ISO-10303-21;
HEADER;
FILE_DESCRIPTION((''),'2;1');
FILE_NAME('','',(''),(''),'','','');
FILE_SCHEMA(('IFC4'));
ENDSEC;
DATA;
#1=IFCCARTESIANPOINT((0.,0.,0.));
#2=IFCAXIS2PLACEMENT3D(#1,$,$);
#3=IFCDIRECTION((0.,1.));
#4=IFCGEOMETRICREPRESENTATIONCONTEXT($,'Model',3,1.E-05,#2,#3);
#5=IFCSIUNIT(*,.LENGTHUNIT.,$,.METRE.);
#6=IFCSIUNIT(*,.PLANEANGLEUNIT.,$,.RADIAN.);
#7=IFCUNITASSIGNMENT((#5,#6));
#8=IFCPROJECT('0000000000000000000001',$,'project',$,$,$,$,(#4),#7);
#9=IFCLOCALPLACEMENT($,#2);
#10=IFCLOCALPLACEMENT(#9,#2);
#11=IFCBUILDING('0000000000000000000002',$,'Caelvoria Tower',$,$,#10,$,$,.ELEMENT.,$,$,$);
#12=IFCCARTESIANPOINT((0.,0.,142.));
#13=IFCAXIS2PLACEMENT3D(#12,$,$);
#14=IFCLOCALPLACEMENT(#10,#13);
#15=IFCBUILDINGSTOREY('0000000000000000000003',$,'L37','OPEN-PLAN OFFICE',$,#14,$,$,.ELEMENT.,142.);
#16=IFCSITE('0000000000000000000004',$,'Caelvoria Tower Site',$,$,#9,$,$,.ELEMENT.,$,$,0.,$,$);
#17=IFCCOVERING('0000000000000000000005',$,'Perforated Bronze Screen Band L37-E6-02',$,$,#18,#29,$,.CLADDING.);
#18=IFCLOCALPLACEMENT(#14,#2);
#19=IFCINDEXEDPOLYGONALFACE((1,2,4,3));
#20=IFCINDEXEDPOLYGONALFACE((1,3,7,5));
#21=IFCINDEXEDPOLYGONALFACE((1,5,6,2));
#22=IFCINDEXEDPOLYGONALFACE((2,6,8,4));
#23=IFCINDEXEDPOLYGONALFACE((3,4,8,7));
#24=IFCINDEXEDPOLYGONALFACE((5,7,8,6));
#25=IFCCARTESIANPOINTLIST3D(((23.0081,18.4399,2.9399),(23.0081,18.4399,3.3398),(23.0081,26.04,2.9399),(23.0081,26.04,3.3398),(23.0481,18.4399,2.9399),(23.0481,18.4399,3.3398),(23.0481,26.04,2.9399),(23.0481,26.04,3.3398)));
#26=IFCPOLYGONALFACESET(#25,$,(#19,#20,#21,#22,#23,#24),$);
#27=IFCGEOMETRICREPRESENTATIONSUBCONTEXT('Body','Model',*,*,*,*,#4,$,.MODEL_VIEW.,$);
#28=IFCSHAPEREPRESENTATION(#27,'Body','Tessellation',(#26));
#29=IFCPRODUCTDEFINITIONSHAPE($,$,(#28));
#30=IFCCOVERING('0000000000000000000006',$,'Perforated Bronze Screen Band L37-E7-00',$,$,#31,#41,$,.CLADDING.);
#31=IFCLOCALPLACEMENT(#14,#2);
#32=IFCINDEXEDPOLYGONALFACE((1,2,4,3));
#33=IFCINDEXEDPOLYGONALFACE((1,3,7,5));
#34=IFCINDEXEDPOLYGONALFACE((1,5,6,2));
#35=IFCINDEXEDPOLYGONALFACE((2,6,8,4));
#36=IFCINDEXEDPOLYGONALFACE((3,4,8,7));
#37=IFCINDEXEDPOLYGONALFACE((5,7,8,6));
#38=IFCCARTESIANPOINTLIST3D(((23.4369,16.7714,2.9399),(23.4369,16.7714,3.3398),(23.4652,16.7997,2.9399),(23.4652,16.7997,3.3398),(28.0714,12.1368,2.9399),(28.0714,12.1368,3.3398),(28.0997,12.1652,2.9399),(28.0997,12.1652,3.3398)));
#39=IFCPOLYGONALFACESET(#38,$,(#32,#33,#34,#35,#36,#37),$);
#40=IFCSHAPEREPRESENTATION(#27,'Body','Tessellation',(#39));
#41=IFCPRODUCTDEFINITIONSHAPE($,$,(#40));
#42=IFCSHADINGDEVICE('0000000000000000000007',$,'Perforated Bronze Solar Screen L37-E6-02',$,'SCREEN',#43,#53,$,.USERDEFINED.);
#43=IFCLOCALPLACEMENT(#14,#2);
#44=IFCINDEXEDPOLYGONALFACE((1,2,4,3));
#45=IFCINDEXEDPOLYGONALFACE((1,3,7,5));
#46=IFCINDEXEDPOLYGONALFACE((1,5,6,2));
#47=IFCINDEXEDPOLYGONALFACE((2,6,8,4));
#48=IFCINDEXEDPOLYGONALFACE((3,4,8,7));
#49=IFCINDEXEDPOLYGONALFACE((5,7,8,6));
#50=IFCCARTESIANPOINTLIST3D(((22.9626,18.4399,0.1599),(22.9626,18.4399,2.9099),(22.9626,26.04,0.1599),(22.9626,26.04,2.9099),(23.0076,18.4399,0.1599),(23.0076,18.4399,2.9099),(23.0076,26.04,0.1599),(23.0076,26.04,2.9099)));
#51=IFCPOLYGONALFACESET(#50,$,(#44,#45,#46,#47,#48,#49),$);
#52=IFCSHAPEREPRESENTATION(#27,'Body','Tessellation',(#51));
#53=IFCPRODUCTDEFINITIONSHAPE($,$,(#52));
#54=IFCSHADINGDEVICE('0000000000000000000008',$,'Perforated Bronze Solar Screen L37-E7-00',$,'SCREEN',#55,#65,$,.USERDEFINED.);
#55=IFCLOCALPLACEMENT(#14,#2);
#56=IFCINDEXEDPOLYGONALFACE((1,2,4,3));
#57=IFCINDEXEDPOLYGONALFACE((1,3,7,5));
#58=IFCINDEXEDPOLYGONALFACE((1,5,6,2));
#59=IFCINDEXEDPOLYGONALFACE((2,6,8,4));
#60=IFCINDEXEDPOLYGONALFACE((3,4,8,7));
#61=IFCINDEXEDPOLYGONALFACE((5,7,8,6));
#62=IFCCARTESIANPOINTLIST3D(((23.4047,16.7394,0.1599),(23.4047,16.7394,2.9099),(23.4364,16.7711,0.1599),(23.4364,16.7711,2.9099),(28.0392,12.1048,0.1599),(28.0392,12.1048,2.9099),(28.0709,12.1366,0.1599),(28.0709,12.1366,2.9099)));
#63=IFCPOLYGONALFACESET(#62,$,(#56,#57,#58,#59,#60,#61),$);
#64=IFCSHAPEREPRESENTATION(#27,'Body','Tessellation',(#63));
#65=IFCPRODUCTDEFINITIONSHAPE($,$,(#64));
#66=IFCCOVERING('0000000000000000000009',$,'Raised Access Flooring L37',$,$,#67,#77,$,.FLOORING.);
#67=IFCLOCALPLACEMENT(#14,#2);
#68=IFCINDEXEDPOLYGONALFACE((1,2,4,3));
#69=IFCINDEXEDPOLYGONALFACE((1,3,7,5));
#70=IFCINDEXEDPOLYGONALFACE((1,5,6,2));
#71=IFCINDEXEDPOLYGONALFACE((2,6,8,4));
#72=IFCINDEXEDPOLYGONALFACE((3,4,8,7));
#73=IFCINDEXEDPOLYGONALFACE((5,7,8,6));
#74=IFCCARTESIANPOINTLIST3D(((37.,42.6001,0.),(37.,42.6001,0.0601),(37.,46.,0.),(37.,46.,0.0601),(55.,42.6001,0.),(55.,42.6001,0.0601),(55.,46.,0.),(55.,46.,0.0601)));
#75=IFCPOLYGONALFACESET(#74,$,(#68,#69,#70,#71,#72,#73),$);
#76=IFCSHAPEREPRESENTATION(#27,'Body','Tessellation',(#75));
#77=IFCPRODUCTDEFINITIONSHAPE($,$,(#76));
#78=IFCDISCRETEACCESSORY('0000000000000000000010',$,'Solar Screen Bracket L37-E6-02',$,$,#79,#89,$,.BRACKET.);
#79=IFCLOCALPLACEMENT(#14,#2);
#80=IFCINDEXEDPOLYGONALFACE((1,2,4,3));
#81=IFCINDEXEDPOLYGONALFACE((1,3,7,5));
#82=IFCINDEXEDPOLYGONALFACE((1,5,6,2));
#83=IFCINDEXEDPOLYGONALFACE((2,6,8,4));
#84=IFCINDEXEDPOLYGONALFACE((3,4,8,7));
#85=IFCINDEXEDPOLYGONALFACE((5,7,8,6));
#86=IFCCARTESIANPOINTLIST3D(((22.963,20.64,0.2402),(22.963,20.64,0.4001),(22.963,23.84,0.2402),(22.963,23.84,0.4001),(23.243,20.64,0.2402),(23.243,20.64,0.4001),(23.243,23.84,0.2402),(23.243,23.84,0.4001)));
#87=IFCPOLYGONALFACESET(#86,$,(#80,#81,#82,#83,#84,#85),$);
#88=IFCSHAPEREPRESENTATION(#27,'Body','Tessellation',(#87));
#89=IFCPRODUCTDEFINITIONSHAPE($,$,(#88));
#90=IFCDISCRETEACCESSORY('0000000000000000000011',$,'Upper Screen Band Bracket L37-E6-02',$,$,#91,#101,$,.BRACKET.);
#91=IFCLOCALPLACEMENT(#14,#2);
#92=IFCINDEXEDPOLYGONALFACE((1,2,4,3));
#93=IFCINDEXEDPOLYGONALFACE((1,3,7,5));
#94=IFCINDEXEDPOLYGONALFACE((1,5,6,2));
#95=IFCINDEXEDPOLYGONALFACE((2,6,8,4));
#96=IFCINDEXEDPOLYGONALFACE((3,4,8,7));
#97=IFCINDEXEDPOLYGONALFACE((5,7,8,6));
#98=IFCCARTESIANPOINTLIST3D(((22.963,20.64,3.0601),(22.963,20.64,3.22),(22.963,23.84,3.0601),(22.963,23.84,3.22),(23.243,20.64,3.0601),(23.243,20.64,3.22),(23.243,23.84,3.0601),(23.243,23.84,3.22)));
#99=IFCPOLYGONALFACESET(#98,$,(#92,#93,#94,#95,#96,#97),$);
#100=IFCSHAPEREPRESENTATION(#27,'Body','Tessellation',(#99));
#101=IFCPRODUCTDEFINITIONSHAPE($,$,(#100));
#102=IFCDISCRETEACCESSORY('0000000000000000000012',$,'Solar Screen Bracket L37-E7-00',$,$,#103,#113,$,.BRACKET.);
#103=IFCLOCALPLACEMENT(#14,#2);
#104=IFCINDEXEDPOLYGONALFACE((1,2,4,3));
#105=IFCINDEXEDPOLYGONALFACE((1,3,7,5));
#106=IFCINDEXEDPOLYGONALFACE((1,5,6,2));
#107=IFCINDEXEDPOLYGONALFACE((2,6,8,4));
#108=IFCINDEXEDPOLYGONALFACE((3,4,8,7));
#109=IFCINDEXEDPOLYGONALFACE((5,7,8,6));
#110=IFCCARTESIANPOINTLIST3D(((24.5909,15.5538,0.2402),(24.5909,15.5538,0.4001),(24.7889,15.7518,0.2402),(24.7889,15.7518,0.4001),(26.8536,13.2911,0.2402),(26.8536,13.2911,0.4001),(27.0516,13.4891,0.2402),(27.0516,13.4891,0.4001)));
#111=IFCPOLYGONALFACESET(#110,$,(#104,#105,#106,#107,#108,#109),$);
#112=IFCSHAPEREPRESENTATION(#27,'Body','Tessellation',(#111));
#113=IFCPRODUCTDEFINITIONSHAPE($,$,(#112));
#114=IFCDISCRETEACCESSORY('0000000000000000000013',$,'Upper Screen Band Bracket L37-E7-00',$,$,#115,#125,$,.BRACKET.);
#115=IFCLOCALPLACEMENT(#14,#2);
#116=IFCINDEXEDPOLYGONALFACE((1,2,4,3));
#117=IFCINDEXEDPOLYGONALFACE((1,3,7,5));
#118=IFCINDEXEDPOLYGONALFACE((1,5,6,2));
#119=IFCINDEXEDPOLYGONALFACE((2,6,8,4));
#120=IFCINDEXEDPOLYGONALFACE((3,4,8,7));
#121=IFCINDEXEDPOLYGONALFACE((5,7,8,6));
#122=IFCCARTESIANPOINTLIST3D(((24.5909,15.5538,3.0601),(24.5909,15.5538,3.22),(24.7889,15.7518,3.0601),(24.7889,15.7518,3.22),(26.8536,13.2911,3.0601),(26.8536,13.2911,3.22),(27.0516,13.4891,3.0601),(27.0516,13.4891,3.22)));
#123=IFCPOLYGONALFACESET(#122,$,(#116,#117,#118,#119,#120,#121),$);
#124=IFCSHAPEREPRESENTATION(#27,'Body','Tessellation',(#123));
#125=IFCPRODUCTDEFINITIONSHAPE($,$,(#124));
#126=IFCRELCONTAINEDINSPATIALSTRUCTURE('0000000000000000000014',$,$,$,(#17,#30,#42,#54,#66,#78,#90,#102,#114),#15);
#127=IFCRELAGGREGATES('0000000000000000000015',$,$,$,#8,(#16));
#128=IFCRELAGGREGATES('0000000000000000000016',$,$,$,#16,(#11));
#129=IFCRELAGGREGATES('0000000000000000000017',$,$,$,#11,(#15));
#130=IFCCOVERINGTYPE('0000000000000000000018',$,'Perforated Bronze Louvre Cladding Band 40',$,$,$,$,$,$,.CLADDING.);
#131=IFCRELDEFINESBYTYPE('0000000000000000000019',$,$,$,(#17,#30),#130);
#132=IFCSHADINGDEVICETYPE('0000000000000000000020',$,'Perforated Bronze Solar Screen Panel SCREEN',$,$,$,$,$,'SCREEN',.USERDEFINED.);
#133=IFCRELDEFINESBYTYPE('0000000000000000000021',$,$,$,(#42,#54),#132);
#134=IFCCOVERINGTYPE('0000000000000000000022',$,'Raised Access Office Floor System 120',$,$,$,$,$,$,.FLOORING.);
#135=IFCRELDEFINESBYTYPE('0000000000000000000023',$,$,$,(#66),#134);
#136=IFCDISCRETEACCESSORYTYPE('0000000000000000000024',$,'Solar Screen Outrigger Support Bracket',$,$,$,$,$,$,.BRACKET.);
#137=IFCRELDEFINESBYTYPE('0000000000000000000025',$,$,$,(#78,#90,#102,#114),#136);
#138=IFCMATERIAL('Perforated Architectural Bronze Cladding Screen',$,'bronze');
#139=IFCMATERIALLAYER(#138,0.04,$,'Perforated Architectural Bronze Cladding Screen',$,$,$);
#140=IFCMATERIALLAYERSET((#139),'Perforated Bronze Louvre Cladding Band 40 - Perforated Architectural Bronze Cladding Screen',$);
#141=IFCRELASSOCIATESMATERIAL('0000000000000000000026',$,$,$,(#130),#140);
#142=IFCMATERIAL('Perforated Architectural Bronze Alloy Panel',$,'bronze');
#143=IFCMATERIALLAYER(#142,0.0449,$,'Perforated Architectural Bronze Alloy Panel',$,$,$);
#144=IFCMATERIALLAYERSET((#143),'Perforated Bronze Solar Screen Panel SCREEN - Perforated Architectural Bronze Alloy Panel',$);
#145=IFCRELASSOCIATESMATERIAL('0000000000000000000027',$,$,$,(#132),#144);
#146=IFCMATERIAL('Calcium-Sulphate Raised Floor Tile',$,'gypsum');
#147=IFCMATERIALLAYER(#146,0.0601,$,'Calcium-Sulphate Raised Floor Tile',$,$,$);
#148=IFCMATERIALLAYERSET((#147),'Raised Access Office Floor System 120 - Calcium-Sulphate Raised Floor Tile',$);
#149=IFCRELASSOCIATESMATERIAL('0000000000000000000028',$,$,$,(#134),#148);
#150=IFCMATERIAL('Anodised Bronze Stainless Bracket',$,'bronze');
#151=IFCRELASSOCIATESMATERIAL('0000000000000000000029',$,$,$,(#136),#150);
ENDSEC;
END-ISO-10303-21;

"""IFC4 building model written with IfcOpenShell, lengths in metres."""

from ifc_helpers import new_model, si_unit, direction, frame, origin, origin_2d, place, context, subcontext, project, spatial, polyline, rectangle, outline, extrude, material, layer, layer_set, type_object, element, save


model = new_model("IFC4")

# Units and contexts
model_context = context("Model", 3, precision=1e-05, world=origin(), true_north=direction((0.0, 1.0)))
body_context = subcontext(model_context, "Body", "Model", "MODEL_VIEW")
ifc_project = project(units=[si_unit("LENGTHUNIT", "METRE"), si_unit("PLANEANGLEUNIT", "RADIAN")], contexts=[model_context])

# Site, building, storey
site_placement = place(None, origin())
site = spatial("IfcSite", under=ifc_project, at=site_placement, Name="Caelvoria Tower Site", CompositionType="ELEMENT", RefElevation=0.0)
building_placement = place(site_placement, origin())
building = spatial("IfcBuilding", under=site, at=building_placement, Name="Caelvoria Tower", CompositionType="ELEMENT")
storey_placement = place(building_placement, frame((0.0, 0.0, 142.0)))
storey = spatial("IfcBuildingStorey", under=building, at=storey_placement, Name="L37", Description="OPEN-PLAN OFFICE", CompositionType="ELEMENT", Elevation=142.0)

# Coverings
ifc_material_1 = material(Name="Perforated Architectural Bronze Cladding Screen", Category="bronze")
ifc_layer_1 = layer(ifc_material_1, 0.04, Name="Perforated Architectural Bronze Cladding Screen")
ifc_layer_set_1 = layer_set([ifc_layer_1], Name="Perforated Bronze Louvre Cladding Band 40 - Perforated Architectural Bronze Cladding Screen")
covering_type_1 = type_object("IfcCoveringType", Name="Perforated Bronze Louvre Cladding Band 40", PredefinedType="CLADDING", material=ifc_layer_set_1)
covering_1_placement = place(storey_placement, frame((23.0281, 22.24, 2.9399), z_axis=(0.0, 0.0, 1.0), x_axis=(0.0, -1.0, 0.0)))
element("IfcCovering", 1, at=covering_1_placement, inside=storey, type_object=covering_type_1, Name="Perforated Bronze Screen Band L37-E6-02", PredefinedType="CLADDING", context=body_context, shape_type="SweptSolid", body=[
    extrude(rectangle(XDim=7.6001, YDim=0.04, at=origin_2d()), origin(), (0.0, 0.0, 1.0), 0.3999),
])
covering_2_placement = place(storey_placement, frame((25.7683, 14.4683, 2.9399), z_axis=(0.0, 0.0, 1.0), x_axis=(0.707107, -0.707107, 0.0)))
element("IfcCovering", 2, at=covering_2_placement, inside=storey, type_object=covering_type_1, Name="Perforated Bronze Screen Band L37-E7-00", PredefinedType="CLADDING", context=body_context, shape_type="SweptSolid", body=[
    extrude(rectangle(XDim=6.5542, YDim=0.04, at=origin_2d()), origin(), (0.0, 0.0, 1.0), 0.3999),
])

# Shading devices
ifc_material_2 = material(Name="Perforated Architectural Bronze Alloy Panel", Category="bronze")
ifc_layer_2 = layer(ifc_material_2, 0.0449, Name="Perforated Architectural Bronze Alloy Panel")
ifc_layer_set_2 = layer_set([ifc_layer_2], Name="Perforated Bronze Solar Screen Panel SCREEN - Perforated Architectural Bronze Alloy Panel")
shading_device_type = type_object("IfcShadingDeviceType", Name="Perforated Bronze Solar Screen Panel SCREEN", ElementType="SCREEN", PredefinedType="USERDEFINED", material=ifc_layer_set_2)
shading_device_1_placement = place(storey_placement, frame((22.9851, 22.24, 0.1599), z_axis=(0.0, 0.0, 1.0), x_axis=(0.0, -1.0, 0.0)))
element("IfcShadingDevice", 3, at=shading_device_1_placement, inside=storey, type_object=shading_device_type, Name="Perforated Bronze Solar Screen L37-E6-02", ObjectType="SCREEN", PredefinedType="USERDEFINED", context=body_context, shape_type="SweptSolid", body=[
    extrude(rectangle(XDim=7.6001, YDim=0.0449, at=origin_2d()), origin(), (0.0, 0.0, 1.0), 2.75),
])
shading_device_2_placement = place(storey_placement, frame((25.7378, 14.438, 0.1599), z_axis=(0.0, 0.0, 1.0), x_axis=(0.707107, -0.707107, 0.0)))
element("IfcShadingDevice", 4, at=shading_device_2_placement, inside=storey, type_object=shading_device_type, Name="Perforated Bronze Solar Screen L37-E7-00", ObjectType="SCREEN", PredefinedType="USERDEFINED", context=body_context, shape_type="SweptSolid", body=[
    extrude(rectangle(XDim=6.5542, YDim=0.0449, at=origin_2d()), origin(), (0.0, 0.0, 1.0), 2.75),
])

# Covering
ifc_material_3 = material(Name="Calcium-Sulphate Raised Floor Tile", Category="gypsum")
ifc_layer_3 = layer(ifc_material_3, 0.0601, Name="Calcium-Sulphate Raised Floor Tile")
ifc_layer_set_3 = layer_set([ifc_layer_3], Name="Raised Access Office Floor System 120 - Calcium-Sulphate Raised Floor Tile")
covering_type_2 = type_object("IfcCoveringType", Name="Raised Access Office Floor System 120", PredefinedType="FLOORING", material=ifc_layer_set_3)
covering_3_placement = place(storey_placement, origin())
element("IfcCovering", 5, at=covering_3_placement, inside=storey, type_object=covering_type_2, Name="Raised Access Flooring L37", PredefinedType="FLOORING", context=body_context, shape_type="SweptSolid", body=[
    extrude(outline(polyline([(37.0, 42.6001), (55.0, 42.6001), (55.0, 46.0), (37.0, 46.0), (37.0, 42.6001)])), origin(), (0.0, 0.0, 1.0), 0.0601),
])

# Discrete accessories
ifc_material_4 = material(Name="Anodised Bronze Stainless Bracket", Category="bronze")
discrete_accessory_type = type_object("IfcDiscreteAccessoryType", Name="Solar Screen Outrigger Support Bracket", PredefinedType="BRACKET", material=ifc_material_4)
for number, where, z_axis, x_axis, name in (
    (6, (23.103, 22.24, 0.2402), (0.0, 0.0, 1.0), (0.0, -1.0, 0.0), "Solar Screen Bracket L37-E6-02"),
    (7, (23.103, 22.24, 3.0601), (0.0, 0.0, 1.0), (0.0, -1.0, 0.0), "Upper Screen Band Bracket L37-E6-02"),
    (8, (25.8213, 14.5215, 0.2402), (0.0, 0.0, 1.0), (0.707107, -0.707107, 0.0), "Solar Screen Bracket L37-E7-00"),
    (9, (25.8213, 14.5215, 3.0601), (0.0, 0.0, 1.0), (0.707107, -0.707107, 0.0), "Upper Screen Band Bracket L37-E7-00"),
):
    element("IfcDiscreteAccessory", number, at=place(storey_placement, frame(where, z_axis=z_axis, x_axis=x_axis)), inside=storey, type_object=discrete_accessory_type, Name=name, PredefinedType="BRACKET", context=body_context, shape_type="SweptSolid", body=[
        extrude(rectangle(XDim=3.2, YDim=0.28, at=origin_2d()), origin(), (0.0, 0.0, 1.0), 0.1599),
    ])

save(model, "model.ifc")
